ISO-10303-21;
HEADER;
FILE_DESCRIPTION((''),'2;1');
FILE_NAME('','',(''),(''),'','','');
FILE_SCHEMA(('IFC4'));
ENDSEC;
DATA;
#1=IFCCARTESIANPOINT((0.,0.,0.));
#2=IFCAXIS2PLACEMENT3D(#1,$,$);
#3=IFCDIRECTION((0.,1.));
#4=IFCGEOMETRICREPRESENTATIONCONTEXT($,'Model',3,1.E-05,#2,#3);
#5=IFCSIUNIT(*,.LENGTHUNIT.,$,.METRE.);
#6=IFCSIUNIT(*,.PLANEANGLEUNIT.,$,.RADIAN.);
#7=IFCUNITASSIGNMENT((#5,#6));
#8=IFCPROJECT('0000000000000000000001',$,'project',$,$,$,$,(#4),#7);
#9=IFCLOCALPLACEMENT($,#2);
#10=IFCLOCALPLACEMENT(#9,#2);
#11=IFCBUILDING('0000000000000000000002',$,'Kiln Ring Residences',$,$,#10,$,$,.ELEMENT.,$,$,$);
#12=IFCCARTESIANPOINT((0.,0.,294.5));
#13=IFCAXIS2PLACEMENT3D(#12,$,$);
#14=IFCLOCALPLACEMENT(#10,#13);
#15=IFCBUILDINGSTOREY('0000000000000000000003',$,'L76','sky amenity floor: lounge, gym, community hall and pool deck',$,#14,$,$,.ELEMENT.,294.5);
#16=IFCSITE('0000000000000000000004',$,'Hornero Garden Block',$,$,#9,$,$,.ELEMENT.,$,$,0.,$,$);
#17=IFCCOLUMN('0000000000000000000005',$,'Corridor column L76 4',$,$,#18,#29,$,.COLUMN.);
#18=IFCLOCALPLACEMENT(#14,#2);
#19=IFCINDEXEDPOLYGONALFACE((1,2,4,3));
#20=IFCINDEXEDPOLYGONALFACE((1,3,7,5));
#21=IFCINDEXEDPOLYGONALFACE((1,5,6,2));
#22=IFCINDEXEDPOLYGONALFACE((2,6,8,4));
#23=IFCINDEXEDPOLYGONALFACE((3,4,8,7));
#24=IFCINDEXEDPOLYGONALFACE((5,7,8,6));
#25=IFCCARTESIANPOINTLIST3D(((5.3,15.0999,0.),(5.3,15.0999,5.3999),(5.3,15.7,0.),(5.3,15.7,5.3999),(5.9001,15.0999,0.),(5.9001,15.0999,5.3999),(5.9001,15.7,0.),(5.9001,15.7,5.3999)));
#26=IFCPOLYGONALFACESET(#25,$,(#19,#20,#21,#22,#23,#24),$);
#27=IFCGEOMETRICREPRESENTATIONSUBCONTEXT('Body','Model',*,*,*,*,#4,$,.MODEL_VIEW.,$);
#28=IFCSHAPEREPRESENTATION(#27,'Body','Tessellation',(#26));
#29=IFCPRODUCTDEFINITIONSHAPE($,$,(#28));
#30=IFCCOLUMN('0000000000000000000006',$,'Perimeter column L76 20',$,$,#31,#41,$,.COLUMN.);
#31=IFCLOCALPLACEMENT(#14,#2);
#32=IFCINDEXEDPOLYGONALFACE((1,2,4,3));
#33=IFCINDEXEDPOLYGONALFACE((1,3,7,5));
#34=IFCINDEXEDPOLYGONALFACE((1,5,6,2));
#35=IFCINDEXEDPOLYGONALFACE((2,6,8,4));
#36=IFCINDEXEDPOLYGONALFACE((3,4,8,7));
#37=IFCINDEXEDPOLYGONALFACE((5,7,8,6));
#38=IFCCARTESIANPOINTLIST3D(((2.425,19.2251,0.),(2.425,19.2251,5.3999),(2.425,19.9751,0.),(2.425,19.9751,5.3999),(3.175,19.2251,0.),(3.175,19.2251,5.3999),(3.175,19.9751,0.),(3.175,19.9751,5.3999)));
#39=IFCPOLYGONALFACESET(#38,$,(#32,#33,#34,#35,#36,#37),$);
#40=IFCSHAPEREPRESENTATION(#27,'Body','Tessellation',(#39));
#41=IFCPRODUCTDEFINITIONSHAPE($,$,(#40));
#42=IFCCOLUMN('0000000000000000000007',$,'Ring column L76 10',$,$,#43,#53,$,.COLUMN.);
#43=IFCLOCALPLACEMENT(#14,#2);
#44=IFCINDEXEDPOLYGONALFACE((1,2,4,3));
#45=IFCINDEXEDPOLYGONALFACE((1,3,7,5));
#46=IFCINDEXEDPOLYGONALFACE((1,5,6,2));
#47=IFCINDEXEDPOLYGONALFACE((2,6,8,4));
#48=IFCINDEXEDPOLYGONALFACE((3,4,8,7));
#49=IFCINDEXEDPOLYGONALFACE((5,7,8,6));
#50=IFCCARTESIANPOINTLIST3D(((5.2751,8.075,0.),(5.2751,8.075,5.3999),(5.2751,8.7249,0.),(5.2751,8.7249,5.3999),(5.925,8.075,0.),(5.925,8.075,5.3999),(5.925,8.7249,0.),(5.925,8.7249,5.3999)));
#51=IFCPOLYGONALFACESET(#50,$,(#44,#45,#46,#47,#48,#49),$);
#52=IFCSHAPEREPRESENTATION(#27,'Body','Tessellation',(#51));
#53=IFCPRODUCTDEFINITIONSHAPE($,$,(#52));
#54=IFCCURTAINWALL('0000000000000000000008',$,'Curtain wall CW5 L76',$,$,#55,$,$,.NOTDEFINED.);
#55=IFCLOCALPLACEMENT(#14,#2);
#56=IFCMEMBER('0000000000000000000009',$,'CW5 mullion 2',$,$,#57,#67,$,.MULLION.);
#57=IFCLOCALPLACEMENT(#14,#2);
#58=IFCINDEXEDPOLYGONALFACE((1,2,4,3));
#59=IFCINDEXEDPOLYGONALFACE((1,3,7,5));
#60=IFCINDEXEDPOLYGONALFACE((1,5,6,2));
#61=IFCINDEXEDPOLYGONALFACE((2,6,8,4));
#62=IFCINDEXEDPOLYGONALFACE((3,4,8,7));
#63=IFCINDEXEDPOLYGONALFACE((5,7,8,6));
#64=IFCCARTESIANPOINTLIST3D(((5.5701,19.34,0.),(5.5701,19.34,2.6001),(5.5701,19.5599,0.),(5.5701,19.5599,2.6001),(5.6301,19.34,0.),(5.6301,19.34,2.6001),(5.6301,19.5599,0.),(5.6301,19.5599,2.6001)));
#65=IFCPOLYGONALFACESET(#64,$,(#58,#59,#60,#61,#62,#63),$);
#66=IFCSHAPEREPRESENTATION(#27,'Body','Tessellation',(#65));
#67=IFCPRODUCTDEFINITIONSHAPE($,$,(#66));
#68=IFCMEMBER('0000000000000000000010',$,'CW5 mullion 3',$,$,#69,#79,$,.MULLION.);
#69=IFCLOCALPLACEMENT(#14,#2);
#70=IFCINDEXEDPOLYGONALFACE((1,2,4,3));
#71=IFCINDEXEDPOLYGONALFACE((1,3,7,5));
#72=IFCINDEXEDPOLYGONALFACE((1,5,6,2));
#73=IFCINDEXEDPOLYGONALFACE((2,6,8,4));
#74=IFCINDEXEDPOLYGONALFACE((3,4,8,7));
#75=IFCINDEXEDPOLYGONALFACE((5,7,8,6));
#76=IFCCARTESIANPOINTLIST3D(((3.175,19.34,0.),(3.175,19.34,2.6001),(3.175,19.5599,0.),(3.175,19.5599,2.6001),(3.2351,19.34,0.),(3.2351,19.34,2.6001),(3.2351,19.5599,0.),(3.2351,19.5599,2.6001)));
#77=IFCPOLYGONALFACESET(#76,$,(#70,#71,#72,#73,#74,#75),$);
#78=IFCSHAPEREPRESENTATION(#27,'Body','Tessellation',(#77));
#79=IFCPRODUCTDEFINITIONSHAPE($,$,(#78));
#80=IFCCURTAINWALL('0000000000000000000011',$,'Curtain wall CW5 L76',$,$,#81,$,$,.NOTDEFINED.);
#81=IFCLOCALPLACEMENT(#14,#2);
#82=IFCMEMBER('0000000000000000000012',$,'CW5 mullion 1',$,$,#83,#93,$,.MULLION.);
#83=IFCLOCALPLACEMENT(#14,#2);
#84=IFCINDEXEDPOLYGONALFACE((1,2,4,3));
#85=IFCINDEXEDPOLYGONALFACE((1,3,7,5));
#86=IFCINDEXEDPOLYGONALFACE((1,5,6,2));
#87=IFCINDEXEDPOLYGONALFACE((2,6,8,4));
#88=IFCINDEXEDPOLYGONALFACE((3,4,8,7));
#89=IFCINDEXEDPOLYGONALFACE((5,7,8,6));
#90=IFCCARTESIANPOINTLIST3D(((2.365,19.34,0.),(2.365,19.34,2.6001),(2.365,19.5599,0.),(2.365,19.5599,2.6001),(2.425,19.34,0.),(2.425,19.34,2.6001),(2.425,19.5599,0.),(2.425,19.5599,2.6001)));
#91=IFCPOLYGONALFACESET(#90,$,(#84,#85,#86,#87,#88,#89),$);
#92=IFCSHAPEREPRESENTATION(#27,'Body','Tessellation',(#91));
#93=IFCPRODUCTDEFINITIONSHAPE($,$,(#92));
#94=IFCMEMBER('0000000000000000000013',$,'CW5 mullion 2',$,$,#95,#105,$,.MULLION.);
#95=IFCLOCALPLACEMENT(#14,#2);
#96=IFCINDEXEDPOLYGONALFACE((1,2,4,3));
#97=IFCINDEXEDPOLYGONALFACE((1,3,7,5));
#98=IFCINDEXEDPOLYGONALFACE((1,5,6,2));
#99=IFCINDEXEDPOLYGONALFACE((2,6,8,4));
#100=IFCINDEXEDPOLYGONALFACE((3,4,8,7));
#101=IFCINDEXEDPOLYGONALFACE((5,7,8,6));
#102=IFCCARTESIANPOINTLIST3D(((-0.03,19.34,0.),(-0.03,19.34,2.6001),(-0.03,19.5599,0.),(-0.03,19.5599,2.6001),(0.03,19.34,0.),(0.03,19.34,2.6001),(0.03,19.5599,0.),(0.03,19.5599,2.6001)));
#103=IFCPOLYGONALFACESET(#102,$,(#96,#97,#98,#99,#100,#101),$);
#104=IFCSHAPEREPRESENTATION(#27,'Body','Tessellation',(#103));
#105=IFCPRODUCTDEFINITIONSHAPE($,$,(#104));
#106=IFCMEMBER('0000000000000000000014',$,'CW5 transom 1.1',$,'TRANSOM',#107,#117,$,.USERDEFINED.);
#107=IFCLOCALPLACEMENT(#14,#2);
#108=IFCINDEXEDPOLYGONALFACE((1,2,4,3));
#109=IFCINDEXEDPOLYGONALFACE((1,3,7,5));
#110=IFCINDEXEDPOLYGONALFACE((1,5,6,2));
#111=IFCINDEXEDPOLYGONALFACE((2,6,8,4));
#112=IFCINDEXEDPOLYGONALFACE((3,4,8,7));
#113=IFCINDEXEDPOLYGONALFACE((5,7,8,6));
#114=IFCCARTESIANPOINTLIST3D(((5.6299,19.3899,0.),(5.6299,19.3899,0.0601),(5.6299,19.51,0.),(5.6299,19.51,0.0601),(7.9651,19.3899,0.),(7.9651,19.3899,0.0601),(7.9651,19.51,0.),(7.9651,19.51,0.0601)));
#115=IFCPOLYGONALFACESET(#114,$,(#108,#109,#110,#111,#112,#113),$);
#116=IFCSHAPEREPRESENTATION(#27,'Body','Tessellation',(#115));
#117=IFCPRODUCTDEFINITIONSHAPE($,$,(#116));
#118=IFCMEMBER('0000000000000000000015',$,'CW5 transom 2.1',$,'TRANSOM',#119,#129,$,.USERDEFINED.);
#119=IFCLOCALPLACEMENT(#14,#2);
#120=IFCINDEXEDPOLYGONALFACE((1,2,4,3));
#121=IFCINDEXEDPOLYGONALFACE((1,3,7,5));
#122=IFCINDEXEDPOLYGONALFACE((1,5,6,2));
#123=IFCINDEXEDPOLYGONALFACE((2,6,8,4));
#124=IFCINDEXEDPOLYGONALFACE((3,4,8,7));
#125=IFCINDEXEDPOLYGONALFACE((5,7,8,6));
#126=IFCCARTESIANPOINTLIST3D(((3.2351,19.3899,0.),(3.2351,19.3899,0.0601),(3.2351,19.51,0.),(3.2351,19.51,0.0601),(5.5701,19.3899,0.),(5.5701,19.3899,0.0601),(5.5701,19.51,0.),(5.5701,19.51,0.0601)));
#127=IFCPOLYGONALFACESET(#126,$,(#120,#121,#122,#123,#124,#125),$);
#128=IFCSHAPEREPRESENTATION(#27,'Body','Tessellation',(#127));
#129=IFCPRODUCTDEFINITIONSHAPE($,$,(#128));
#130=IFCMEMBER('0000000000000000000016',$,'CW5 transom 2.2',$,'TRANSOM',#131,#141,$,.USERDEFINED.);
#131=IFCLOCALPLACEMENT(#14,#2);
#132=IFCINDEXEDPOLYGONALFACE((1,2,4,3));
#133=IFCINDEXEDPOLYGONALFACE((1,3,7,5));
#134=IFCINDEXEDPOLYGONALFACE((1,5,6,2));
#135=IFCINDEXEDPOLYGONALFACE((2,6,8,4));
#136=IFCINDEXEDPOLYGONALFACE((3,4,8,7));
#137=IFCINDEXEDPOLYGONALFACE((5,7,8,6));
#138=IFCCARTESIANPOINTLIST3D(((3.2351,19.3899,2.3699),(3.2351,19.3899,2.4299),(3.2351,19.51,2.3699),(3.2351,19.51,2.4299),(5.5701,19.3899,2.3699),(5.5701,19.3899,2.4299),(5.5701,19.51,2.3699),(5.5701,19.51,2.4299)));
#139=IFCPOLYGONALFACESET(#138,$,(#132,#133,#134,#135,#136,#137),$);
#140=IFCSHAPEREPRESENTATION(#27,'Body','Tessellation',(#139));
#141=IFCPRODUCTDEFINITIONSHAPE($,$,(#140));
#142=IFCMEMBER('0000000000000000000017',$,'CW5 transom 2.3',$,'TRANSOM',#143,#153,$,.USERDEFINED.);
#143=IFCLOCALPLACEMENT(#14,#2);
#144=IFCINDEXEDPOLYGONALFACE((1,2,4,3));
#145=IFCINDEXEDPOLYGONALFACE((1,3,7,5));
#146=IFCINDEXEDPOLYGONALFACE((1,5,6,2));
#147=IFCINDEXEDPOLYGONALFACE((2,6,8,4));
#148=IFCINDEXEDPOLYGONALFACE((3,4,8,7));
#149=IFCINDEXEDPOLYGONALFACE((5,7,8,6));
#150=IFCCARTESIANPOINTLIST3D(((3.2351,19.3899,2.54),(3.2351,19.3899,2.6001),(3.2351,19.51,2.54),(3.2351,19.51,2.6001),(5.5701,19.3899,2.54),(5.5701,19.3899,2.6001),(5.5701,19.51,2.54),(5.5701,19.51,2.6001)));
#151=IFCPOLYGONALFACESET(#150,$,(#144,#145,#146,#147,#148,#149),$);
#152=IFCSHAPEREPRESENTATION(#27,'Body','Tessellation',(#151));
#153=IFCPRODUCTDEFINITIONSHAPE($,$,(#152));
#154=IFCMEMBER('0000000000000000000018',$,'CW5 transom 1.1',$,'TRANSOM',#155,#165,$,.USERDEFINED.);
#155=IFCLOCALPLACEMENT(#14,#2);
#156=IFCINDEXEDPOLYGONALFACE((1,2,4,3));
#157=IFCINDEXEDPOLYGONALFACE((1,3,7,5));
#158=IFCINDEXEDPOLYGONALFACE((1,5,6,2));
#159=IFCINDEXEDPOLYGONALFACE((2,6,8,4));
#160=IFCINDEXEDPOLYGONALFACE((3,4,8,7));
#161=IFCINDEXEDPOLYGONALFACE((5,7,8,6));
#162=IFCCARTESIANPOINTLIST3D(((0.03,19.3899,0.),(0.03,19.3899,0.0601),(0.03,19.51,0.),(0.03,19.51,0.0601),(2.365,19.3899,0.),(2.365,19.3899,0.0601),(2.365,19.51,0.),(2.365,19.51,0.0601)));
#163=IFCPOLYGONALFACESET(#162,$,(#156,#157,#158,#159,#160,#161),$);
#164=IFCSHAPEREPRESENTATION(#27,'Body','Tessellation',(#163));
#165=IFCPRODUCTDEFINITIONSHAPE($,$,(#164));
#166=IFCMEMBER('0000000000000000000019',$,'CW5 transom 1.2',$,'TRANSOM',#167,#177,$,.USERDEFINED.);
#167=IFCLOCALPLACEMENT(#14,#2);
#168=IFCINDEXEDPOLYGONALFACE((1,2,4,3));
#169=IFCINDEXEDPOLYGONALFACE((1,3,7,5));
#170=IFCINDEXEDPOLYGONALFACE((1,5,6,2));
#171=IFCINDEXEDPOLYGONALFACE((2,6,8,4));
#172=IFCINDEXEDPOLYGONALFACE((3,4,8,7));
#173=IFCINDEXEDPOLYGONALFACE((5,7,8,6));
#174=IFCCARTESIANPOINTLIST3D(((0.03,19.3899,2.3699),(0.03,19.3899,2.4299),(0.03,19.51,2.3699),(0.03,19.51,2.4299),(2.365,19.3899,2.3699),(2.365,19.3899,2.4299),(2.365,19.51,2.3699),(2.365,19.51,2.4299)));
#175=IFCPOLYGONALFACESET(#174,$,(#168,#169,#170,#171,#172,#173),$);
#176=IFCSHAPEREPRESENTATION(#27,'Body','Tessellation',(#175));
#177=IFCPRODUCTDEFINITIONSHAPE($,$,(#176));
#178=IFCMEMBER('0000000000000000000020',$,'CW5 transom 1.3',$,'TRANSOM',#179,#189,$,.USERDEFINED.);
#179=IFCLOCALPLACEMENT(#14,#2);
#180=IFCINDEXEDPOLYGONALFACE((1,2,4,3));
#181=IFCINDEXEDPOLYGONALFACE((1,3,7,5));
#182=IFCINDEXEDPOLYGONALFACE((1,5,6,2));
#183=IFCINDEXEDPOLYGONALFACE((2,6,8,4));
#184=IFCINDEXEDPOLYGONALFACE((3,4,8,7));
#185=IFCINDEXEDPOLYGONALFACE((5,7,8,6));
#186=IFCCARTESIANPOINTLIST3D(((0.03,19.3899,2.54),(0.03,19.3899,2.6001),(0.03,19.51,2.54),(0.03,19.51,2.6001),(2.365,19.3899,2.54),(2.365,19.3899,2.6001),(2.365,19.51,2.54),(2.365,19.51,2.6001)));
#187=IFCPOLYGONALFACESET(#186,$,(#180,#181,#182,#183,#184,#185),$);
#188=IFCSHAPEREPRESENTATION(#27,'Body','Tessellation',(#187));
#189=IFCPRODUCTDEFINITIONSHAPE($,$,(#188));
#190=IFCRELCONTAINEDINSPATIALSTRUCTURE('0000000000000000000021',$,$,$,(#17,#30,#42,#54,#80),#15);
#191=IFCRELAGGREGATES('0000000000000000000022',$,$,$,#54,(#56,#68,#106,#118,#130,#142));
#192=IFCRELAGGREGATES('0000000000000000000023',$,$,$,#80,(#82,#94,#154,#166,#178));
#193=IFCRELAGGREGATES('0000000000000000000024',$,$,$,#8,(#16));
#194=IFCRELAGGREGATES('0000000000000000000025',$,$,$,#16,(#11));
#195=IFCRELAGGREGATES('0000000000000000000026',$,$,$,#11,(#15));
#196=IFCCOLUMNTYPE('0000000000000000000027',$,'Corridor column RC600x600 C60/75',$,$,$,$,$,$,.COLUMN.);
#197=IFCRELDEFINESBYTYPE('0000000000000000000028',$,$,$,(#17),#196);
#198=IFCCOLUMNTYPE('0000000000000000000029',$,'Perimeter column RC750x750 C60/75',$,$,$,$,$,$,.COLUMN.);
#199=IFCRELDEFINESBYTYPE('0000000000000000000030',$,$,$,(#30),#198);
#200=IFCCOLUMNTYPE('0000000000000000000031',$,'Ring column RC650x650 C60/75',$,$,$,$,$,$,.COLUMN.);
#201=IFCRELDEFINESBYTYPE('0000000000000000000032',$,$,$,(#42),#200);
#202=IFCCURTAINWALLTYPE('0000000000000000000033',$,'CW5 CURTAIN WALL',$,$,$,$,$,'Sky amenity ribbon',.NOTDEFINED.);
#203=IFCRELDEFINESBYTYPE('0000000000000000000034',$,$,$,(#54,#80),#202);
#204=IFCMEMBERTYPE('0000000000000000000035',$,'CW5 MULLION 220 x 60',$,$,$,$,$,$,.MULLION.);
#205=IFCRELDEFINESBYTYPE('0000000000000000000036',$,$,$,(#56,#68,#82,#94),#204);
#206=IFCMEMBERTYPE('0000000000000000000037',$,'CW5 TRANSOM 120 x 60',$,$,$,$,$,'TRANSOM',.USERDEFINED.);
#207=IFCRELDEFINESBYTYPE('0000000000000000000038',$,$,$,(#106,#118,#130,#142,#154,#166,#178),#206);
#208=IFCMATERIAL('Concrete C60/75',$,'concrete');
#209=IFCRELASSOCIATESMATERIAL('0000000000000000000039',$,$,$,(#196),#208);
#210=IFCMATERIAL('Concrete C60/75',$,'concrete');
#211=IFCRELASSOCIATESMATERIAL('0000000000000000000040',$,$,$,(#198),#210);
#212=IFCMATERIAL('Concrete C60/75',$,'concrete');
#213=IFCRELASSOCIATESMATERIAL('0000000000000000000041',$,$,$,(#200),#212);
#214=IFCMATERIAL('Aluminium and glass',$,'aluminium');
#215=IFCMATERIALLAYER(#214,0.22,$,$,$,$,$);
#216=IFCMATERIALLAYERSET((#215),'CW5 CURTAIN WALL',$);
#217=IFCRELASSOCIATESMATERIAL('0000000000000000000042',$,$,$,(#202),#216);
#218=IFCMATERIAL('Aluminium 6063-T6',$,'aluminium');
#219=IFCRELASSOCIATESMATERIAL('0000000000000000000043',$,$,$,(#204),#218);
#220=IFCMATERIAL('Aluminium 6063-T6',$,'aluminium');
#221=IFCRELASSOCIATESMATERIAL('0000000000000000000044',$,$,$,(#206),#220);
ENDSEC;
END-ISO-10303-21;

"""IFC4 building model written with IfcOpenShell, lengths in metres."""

from ifc_helpers import new_model, si_unit, direction, frame, origin, origin_2d, place, context, subcontext, project, spatial, rectangle, extrude, material, layer, layer_set, material_profile, profile_set, type_object, element, aggregate, save


model = new_model("IFC4")

# Units and contexts
model_context = context("Model", 3, precision=1e-05, world=origin(), true_north=direction((0.0, 1.0)))
body_context = subcontext(model_context, "Body", "Model", "MODEL_VIEW")
ifc_project = project(units=[si_unit("LENGTHUNIT", "METRE"), si_unit("PLANEANGLEUNIT", "RADIAN")], contexts=[model_context])

# Site, building, storey
site_placement = place(None, origin())
site = spatial("IfcSite", under=ifc_project, at=site_placement, Name="Hornero Garden Block", CompositionType="ELEMENT", RefElevation=0.0)
building_placement = place(site_placement, origin())
building = spatial("IfcBuilding", under=site, at=building_placement, Name="Kiln Ring Residences", CompositionType="ELEMENT")
storey_placement = place(building_placement, frame((0.0, 0.0, 294.5)))
storey = spatial("IfcBuildingStorey", under=building, at=storey_placement, Name="L76", Description="sky amenity floor: lounge, gym, community hall and pool deck", CompositionType="ELEMENT", Elevation=294.5)

# Columns
ifc_material_1 = material(Name="Concrete C60/75", Category="concrete")
ifc_material_profile_1 = material_profile(ifc_material_1, rectangle(XDim=0.6001, YDim=0.6001, at=origin_2d()), Name="RC600x600")
ifc_profile_set_1 = profile_set([ifc_material_profile_1], Name="Concrete C60/75")
column_type_1 = type_object("IfcColumnType", Name="Corridor column RC600x600 C60/75", PredefinedType="COLUMN", material=ifc_profile_set_1)
column_1_placement = place(storey_placement, frame((5.6001, 15.3999, 0.0), z_axis=(0.0, 0.0, 1.0), x_axis=(1.0, 0.0, 0.0)))
element("IfcColumn", 1, at=column_1_placement, inside=storey, type_object=column_type_1, Name="Corridor column L76 4", PredefinedType="COLUMN", context=body_context, shape_type="SweptSolid", body=[
    extrude(rectangle(XDim=0.6001, YDim=0.6001, at=origin_2d()), origin(), (0.0, 0.0, 1.0), 5.3999),
])
ifc_material_2 = material(Name="Concrete C60/75", Category="concrete")
ifc_material_profile_2 = material_profile(ifc_material_2, rectangle(XDim=0.75, YDim=0.75, at=origin_2d()), Name="RC750x750")
ifc_profile_set_2 = profile_set([ifc_material_profile_2], Name="Concrete C60/75")
column_type_2 = type_object("IfcColumnType", Name="Perimeter column RC750x750 C60/75", PredefinedType="COLUMN", material=ifc_profile_set_2)
column_2_placement = place(storey_placement, frame((2.8, 19.6001, 0.0), z_axis=(0.0, 0.0, 1.0), x_axis=(1.0, 0.0, 0.0)))
element("IfcColumn", 2, at=column_2_placement, inside=storey, type_object=column_type_2, Name="Perimeter column L76 20", PredefinedType="COLUMN", context=body_context, shape_type="SweptSolid", body=[
    extrude(rectangle(XDim=0.75, YDim=0.75, at=origin_2d()), origin(), (0.0, 0.0, 1.0), 5.3999),
])
ifc_material_3 = material(Name="Concrete C60/75", Category="concrete")
ifc_material_profile_3 = material_profile(ifc_material_3, rectangle(XDim=0.6499, YDim=0.6499, at=origin_2d()), Name="RC650x650")
ifc_profile_set_3 = profile_set([ifc_material_profile_3], Name="Concrete C60/75")
column_type_3 = type_object("IfcColumnType", Name="Ring column RC650x650 C60/75", PredefinedType="COLUMN", material=ifc_profile_set_3)
column_3_placement = place(storey_placement, frame((5.6001, 8.3999, 0.0), z_axis=(0.0, 0.0, 1.0), x_axis=(1.0, 0.0, 0.0)))
element("IfcColumn", 3, at=column_3_placement, inside=storey, type_object=column_type_3, Name="Ring column L76 10", PredefinedType="COLUMN", context=body_context, shape_type="SweptSolid", body=[
    extrude(rectangle(XDim=0.6499, YDim=0.6499, at=origin_2d()), origin(), (0.0, 0.0, 1.0), 5.3999),
])

# Curtain walls, members
ifc_material_4 = material(Name="Aluminium and glass", Category="aluminium")
ifc_layer_1 = layer(ifc_material_4, 0.22)
ifc_layer_set_1 = layer_set([ifc_layer_1], Name="CW5 CURTAIN WALL")
curtain_wall_type = type_object("IfcCurtainWallType", Name="CW5 CURTAIN WALL", ElementType="Sky amenity ribbon", PredefinedType="NOTDEFINED", material=ifc_layer_set_1)
placement = place(storey_placement, origin())
curtain_wall_1 = element("IfcCurtainWall", 4, at=placement, inside=storey, type_object=curtain_wall_type, Name="Curtain wall CW5 L76", PredefinedType="NOTDEFINED")
ifc_material_5 = material(Name="Aluminium 6063-T6", Category="aluminium")
ifc_material_profile_4 = material_profile(ifc_material_5, rectangle(XDim=0.22, YDim=0.0601, at=origin_2d()), Name="AL 220x60")
ifc_profile_set_4 = profile_set([ifc_material_profile_4], Name="Aluminium 6063-T6")
member_type_1 = type_object("IfcMemberType", Name="CW5 MULLION 220 x 60", PredefinedType="MULLION", material=ifc_profile_set_4)
member_1_placement = place(storey_placement, frame((5.6001, 19.45, 0.0), z_axis=(0.0, 0.0, 1.0), x_axis=(0.0, -1.0, 0.0)))
member_1 = element("IfcMember", 5, at=member_1_placement, type_object=member_type_1, Name="CW5 mullion 2", PredefinedType="MULLION", context=body_context, shape_type="SweptSolid", body=[
    extrude(rectangle(XDim=0.22, YDim=0.0601, at=origin_2d()), origin(), (0.0, 0.0, 1.0), 2.6001),
])
member_2_placement = place(storey_placement, frame((3.2051, 19.45, 0.0), z_axis=(0.0, 0.0, 1.0), x_axis=(0.0, -1.0, 0.0)))
member_2 = element("IfcMember", 6, at=member_2_placement, type_object=member_type_1, Name="CW5 mullion 3", PredefinedType="MULLION", context=body_context, shape_type="SweptSolid", body=[
    extrude(rectangle(XDim=0.22, YDim=0.0601, at=origin_2d()), origin(), (0.0, 0.0, 1.0), 2.6001),
])
curtain_wall_2 = element("IfcCurtainWall", 7, at=placement, inside=storey, type_object=curtain_wall_type, Name="Curtain wall CW5 L76", PredefinedType="NOTDEFINED")
member_3_placement = place(storey_placement, frame((2.395, 19.45, 0.0), z_axis=(0.0, 0.0, 1.0), x_axis=(0.0, -1.0, 0.0)))
member_3 = element("IfcMember", 8, at=member_3_placement, type_object=member_type_1, Name="CW5 mullion 1", PredefinedType="MULLION", context=body_context, shape_type="SweptSolid", body=[
    extrude(rectangle(XDim=0.22, YDim=0.0601, at=origin_2d()), origin(), (0.0, 0.0, 1.0), 2.6001),
])
member_4_placement = place(storey_placement, frame((0.0, 19.45, 0.0), z_axis=(0.0, 0.0, 1.0), x_axis=(0.0, -1.0, 0.0)))
member_4 = element("IfcMember", 9, at=member_4_placement, type_object=member_type_1, Name="CW5 mullion 2", PredefinedType="MULLION", context=body_context, shape_type="SweptSolid", body=[
    extrude(rectangle(XDim=0.22, YDim=0.0601, at=origin_2d()), origin(), (0.0, 0.0, 1.0), 2.6001),
])

# Members
ifc_material_6 = material(Name="Aluminium 6063-T6", Category="aluminium")
ifc_material_profile_5 = material_profile(ifc_material_6, rectangle(XDim=0.1201, YDim=0.0601, at=origin_2d()), Name="AL 120x60")
ifc_profile_set_5 = profile_set([ifc_material_profile_5], Name="Aluminium 6063-T6")
member_type_2 = type_object("IfcMemberType", Name="CW5 TRANSOM 120 x 60", ElementType="TRANSOM", PredefinedType="USERDEFINED", material=ifc_profile_set_5)
member_5_placement = place(storey_placement, frame((7.9651, 19.45, 0.03), z_axis=(-1.0, 0.0, 0.0), x_axis=(0.0, -1.0, 0.0)))
member_5 = element("IfcMember", 10, at=member_5_placement, type_object=member_type_2, Name="CW5 transom 1.1", ObjectType="TRANSOM", PredefinedType="USERDEFINED", context=body_context, shape_type="SweptSolid", body=[
    extrude(rectangle(XDim=0.1201, YDim=0.0601, at=origin_2d()), origin(), (0.0, 0.0, 1.0), 2.3352),
])
member_6_placement = place(storey_placement, frame((5.5701, 19.45, 0.03), z_axis=(-1.0, 0.0, 0.0), x_axis=(0.0, -1.0, 0.0)))
member_6 = element("IfcMember", 11, at=member_6_placement, type_object=member_type_2, Name="CW5 transom 2.1", ObjectType="TRANSOM", PredefinedType="USERDEFINED", context=body_context, shape_type="SweptSolid", body=[
    extrude(rectangle(XDim=0.1201, YDim=0.0601, at=origin_2d()), origin(), (0.0, 0.0, 1.0), 2.335),
])
member_7_placement = place(storey_placement, frame((5.5701, 19.45, 2.3999), z_axis=(-1.0, 0.0, 0.0), x_axis=(0.0, -1.0, 0.0)))
member_7 = element("IfcMember", 12, at=member_7_placement, type_object=member_type_2, Name="CW5 transom 2.2", ObjectType="TRANSOM", PredefinedType="USERDEFINED", context=body_context, shape_type="SweptSolid", body=[
    extrude(rectangle(XDim=0.1201, YDim=0.0601, at=origin_2d()), origin(), (0.0, 0.0, 1.0), 2.335),
])
member_8_placement = place(storey_placement, frame((5.5701, 19.45, 2.5701), z_axis=(-1.0, 0.0, 0.0), x_axis=(0.0, -1.0, 0.0)))
member_8 = element("IfcMember", 13, at=member_8_placement, type_object=member_type_2, Name="CW5 transom 2.3", ObjectType="TRANSOM", PredefinedType="USERDEFINED", context=body_context, shape_type="SweptSolid", body=[
    extrude(rectangle(XDim=0.1201, YDim=0.0601, at=origin_2d()), origin(), (0.0, 0.0, 1.0), 2.335),
])
member_9_placement = place(storey_placement, frame((2.365, 19.45, 0.03), z_axis=(-1.0, 0.0, 0.0), x_axis=(0.0, -1.0, 0.0)))
member_9 = element("IfcMember", 14, at=member_9_placement, type_object=member_type_2, Name="CW5 transom 1.1", ObjectType="TRANSOM", PredefinedType="USERDEFINED", context=body_context, shape_type="SweptSolid", body=[
    extrude(rectangle(XDim=0.1201, YDim=0.0601, at=origin_2d()), origin(), (0.0, 0.0, 1.0), 2.335),
])
member_10_placement = place(storey_placement, frame((2.365, 19.45, 2.3999), z_axis=(-1.0, 0.0, 0.0), x_axis=(0.0, -1.0, 0.0)))
member_10 = element("IfcMember", 15, at=member_10_placement, type_object=member_type_2, Name="CW5 transom 1.2", ObjectType="TRANSOM", PredefinedType="USERDEFINED", context=body_context, shape_type="SweptSolid", body=[
    extrude(rectangle(XDim=0.1201, YDim=0.0601, at=origin_2d()), origin(), (0.0, 0.0, 1.0), 2.335),
])
member_11_placement = place(storey_placement, frame((2.365, 19.45, 2.5701), z_axis=(-1.0, 0.0, 0.0), x_axis=(0.0, -1.0, 0.0)))
member_11 = element("IfcMember", 16, at=member_11_placement, type_object=member_type_2, Name="CW5 transom 1.3", ObjectType="TRANSOM", PredefinedType="USERDEFINED", context=body_context, shape_type="SweptSolid", body=[
    extrude(rectangle(XDim=0.1201, YDim=0.0601, at=origin_2d()), origin(), (0.0, 0.0, 1.0), 2.335),
])

aggregate(curtain_wall_1, [member_1, member_2, member_5, member_6, member_7, member_8])
aggregate(curtain_wall_2, [member_3, member_4, member_9, member_10, member_11])

save(model, "model.ifc")
